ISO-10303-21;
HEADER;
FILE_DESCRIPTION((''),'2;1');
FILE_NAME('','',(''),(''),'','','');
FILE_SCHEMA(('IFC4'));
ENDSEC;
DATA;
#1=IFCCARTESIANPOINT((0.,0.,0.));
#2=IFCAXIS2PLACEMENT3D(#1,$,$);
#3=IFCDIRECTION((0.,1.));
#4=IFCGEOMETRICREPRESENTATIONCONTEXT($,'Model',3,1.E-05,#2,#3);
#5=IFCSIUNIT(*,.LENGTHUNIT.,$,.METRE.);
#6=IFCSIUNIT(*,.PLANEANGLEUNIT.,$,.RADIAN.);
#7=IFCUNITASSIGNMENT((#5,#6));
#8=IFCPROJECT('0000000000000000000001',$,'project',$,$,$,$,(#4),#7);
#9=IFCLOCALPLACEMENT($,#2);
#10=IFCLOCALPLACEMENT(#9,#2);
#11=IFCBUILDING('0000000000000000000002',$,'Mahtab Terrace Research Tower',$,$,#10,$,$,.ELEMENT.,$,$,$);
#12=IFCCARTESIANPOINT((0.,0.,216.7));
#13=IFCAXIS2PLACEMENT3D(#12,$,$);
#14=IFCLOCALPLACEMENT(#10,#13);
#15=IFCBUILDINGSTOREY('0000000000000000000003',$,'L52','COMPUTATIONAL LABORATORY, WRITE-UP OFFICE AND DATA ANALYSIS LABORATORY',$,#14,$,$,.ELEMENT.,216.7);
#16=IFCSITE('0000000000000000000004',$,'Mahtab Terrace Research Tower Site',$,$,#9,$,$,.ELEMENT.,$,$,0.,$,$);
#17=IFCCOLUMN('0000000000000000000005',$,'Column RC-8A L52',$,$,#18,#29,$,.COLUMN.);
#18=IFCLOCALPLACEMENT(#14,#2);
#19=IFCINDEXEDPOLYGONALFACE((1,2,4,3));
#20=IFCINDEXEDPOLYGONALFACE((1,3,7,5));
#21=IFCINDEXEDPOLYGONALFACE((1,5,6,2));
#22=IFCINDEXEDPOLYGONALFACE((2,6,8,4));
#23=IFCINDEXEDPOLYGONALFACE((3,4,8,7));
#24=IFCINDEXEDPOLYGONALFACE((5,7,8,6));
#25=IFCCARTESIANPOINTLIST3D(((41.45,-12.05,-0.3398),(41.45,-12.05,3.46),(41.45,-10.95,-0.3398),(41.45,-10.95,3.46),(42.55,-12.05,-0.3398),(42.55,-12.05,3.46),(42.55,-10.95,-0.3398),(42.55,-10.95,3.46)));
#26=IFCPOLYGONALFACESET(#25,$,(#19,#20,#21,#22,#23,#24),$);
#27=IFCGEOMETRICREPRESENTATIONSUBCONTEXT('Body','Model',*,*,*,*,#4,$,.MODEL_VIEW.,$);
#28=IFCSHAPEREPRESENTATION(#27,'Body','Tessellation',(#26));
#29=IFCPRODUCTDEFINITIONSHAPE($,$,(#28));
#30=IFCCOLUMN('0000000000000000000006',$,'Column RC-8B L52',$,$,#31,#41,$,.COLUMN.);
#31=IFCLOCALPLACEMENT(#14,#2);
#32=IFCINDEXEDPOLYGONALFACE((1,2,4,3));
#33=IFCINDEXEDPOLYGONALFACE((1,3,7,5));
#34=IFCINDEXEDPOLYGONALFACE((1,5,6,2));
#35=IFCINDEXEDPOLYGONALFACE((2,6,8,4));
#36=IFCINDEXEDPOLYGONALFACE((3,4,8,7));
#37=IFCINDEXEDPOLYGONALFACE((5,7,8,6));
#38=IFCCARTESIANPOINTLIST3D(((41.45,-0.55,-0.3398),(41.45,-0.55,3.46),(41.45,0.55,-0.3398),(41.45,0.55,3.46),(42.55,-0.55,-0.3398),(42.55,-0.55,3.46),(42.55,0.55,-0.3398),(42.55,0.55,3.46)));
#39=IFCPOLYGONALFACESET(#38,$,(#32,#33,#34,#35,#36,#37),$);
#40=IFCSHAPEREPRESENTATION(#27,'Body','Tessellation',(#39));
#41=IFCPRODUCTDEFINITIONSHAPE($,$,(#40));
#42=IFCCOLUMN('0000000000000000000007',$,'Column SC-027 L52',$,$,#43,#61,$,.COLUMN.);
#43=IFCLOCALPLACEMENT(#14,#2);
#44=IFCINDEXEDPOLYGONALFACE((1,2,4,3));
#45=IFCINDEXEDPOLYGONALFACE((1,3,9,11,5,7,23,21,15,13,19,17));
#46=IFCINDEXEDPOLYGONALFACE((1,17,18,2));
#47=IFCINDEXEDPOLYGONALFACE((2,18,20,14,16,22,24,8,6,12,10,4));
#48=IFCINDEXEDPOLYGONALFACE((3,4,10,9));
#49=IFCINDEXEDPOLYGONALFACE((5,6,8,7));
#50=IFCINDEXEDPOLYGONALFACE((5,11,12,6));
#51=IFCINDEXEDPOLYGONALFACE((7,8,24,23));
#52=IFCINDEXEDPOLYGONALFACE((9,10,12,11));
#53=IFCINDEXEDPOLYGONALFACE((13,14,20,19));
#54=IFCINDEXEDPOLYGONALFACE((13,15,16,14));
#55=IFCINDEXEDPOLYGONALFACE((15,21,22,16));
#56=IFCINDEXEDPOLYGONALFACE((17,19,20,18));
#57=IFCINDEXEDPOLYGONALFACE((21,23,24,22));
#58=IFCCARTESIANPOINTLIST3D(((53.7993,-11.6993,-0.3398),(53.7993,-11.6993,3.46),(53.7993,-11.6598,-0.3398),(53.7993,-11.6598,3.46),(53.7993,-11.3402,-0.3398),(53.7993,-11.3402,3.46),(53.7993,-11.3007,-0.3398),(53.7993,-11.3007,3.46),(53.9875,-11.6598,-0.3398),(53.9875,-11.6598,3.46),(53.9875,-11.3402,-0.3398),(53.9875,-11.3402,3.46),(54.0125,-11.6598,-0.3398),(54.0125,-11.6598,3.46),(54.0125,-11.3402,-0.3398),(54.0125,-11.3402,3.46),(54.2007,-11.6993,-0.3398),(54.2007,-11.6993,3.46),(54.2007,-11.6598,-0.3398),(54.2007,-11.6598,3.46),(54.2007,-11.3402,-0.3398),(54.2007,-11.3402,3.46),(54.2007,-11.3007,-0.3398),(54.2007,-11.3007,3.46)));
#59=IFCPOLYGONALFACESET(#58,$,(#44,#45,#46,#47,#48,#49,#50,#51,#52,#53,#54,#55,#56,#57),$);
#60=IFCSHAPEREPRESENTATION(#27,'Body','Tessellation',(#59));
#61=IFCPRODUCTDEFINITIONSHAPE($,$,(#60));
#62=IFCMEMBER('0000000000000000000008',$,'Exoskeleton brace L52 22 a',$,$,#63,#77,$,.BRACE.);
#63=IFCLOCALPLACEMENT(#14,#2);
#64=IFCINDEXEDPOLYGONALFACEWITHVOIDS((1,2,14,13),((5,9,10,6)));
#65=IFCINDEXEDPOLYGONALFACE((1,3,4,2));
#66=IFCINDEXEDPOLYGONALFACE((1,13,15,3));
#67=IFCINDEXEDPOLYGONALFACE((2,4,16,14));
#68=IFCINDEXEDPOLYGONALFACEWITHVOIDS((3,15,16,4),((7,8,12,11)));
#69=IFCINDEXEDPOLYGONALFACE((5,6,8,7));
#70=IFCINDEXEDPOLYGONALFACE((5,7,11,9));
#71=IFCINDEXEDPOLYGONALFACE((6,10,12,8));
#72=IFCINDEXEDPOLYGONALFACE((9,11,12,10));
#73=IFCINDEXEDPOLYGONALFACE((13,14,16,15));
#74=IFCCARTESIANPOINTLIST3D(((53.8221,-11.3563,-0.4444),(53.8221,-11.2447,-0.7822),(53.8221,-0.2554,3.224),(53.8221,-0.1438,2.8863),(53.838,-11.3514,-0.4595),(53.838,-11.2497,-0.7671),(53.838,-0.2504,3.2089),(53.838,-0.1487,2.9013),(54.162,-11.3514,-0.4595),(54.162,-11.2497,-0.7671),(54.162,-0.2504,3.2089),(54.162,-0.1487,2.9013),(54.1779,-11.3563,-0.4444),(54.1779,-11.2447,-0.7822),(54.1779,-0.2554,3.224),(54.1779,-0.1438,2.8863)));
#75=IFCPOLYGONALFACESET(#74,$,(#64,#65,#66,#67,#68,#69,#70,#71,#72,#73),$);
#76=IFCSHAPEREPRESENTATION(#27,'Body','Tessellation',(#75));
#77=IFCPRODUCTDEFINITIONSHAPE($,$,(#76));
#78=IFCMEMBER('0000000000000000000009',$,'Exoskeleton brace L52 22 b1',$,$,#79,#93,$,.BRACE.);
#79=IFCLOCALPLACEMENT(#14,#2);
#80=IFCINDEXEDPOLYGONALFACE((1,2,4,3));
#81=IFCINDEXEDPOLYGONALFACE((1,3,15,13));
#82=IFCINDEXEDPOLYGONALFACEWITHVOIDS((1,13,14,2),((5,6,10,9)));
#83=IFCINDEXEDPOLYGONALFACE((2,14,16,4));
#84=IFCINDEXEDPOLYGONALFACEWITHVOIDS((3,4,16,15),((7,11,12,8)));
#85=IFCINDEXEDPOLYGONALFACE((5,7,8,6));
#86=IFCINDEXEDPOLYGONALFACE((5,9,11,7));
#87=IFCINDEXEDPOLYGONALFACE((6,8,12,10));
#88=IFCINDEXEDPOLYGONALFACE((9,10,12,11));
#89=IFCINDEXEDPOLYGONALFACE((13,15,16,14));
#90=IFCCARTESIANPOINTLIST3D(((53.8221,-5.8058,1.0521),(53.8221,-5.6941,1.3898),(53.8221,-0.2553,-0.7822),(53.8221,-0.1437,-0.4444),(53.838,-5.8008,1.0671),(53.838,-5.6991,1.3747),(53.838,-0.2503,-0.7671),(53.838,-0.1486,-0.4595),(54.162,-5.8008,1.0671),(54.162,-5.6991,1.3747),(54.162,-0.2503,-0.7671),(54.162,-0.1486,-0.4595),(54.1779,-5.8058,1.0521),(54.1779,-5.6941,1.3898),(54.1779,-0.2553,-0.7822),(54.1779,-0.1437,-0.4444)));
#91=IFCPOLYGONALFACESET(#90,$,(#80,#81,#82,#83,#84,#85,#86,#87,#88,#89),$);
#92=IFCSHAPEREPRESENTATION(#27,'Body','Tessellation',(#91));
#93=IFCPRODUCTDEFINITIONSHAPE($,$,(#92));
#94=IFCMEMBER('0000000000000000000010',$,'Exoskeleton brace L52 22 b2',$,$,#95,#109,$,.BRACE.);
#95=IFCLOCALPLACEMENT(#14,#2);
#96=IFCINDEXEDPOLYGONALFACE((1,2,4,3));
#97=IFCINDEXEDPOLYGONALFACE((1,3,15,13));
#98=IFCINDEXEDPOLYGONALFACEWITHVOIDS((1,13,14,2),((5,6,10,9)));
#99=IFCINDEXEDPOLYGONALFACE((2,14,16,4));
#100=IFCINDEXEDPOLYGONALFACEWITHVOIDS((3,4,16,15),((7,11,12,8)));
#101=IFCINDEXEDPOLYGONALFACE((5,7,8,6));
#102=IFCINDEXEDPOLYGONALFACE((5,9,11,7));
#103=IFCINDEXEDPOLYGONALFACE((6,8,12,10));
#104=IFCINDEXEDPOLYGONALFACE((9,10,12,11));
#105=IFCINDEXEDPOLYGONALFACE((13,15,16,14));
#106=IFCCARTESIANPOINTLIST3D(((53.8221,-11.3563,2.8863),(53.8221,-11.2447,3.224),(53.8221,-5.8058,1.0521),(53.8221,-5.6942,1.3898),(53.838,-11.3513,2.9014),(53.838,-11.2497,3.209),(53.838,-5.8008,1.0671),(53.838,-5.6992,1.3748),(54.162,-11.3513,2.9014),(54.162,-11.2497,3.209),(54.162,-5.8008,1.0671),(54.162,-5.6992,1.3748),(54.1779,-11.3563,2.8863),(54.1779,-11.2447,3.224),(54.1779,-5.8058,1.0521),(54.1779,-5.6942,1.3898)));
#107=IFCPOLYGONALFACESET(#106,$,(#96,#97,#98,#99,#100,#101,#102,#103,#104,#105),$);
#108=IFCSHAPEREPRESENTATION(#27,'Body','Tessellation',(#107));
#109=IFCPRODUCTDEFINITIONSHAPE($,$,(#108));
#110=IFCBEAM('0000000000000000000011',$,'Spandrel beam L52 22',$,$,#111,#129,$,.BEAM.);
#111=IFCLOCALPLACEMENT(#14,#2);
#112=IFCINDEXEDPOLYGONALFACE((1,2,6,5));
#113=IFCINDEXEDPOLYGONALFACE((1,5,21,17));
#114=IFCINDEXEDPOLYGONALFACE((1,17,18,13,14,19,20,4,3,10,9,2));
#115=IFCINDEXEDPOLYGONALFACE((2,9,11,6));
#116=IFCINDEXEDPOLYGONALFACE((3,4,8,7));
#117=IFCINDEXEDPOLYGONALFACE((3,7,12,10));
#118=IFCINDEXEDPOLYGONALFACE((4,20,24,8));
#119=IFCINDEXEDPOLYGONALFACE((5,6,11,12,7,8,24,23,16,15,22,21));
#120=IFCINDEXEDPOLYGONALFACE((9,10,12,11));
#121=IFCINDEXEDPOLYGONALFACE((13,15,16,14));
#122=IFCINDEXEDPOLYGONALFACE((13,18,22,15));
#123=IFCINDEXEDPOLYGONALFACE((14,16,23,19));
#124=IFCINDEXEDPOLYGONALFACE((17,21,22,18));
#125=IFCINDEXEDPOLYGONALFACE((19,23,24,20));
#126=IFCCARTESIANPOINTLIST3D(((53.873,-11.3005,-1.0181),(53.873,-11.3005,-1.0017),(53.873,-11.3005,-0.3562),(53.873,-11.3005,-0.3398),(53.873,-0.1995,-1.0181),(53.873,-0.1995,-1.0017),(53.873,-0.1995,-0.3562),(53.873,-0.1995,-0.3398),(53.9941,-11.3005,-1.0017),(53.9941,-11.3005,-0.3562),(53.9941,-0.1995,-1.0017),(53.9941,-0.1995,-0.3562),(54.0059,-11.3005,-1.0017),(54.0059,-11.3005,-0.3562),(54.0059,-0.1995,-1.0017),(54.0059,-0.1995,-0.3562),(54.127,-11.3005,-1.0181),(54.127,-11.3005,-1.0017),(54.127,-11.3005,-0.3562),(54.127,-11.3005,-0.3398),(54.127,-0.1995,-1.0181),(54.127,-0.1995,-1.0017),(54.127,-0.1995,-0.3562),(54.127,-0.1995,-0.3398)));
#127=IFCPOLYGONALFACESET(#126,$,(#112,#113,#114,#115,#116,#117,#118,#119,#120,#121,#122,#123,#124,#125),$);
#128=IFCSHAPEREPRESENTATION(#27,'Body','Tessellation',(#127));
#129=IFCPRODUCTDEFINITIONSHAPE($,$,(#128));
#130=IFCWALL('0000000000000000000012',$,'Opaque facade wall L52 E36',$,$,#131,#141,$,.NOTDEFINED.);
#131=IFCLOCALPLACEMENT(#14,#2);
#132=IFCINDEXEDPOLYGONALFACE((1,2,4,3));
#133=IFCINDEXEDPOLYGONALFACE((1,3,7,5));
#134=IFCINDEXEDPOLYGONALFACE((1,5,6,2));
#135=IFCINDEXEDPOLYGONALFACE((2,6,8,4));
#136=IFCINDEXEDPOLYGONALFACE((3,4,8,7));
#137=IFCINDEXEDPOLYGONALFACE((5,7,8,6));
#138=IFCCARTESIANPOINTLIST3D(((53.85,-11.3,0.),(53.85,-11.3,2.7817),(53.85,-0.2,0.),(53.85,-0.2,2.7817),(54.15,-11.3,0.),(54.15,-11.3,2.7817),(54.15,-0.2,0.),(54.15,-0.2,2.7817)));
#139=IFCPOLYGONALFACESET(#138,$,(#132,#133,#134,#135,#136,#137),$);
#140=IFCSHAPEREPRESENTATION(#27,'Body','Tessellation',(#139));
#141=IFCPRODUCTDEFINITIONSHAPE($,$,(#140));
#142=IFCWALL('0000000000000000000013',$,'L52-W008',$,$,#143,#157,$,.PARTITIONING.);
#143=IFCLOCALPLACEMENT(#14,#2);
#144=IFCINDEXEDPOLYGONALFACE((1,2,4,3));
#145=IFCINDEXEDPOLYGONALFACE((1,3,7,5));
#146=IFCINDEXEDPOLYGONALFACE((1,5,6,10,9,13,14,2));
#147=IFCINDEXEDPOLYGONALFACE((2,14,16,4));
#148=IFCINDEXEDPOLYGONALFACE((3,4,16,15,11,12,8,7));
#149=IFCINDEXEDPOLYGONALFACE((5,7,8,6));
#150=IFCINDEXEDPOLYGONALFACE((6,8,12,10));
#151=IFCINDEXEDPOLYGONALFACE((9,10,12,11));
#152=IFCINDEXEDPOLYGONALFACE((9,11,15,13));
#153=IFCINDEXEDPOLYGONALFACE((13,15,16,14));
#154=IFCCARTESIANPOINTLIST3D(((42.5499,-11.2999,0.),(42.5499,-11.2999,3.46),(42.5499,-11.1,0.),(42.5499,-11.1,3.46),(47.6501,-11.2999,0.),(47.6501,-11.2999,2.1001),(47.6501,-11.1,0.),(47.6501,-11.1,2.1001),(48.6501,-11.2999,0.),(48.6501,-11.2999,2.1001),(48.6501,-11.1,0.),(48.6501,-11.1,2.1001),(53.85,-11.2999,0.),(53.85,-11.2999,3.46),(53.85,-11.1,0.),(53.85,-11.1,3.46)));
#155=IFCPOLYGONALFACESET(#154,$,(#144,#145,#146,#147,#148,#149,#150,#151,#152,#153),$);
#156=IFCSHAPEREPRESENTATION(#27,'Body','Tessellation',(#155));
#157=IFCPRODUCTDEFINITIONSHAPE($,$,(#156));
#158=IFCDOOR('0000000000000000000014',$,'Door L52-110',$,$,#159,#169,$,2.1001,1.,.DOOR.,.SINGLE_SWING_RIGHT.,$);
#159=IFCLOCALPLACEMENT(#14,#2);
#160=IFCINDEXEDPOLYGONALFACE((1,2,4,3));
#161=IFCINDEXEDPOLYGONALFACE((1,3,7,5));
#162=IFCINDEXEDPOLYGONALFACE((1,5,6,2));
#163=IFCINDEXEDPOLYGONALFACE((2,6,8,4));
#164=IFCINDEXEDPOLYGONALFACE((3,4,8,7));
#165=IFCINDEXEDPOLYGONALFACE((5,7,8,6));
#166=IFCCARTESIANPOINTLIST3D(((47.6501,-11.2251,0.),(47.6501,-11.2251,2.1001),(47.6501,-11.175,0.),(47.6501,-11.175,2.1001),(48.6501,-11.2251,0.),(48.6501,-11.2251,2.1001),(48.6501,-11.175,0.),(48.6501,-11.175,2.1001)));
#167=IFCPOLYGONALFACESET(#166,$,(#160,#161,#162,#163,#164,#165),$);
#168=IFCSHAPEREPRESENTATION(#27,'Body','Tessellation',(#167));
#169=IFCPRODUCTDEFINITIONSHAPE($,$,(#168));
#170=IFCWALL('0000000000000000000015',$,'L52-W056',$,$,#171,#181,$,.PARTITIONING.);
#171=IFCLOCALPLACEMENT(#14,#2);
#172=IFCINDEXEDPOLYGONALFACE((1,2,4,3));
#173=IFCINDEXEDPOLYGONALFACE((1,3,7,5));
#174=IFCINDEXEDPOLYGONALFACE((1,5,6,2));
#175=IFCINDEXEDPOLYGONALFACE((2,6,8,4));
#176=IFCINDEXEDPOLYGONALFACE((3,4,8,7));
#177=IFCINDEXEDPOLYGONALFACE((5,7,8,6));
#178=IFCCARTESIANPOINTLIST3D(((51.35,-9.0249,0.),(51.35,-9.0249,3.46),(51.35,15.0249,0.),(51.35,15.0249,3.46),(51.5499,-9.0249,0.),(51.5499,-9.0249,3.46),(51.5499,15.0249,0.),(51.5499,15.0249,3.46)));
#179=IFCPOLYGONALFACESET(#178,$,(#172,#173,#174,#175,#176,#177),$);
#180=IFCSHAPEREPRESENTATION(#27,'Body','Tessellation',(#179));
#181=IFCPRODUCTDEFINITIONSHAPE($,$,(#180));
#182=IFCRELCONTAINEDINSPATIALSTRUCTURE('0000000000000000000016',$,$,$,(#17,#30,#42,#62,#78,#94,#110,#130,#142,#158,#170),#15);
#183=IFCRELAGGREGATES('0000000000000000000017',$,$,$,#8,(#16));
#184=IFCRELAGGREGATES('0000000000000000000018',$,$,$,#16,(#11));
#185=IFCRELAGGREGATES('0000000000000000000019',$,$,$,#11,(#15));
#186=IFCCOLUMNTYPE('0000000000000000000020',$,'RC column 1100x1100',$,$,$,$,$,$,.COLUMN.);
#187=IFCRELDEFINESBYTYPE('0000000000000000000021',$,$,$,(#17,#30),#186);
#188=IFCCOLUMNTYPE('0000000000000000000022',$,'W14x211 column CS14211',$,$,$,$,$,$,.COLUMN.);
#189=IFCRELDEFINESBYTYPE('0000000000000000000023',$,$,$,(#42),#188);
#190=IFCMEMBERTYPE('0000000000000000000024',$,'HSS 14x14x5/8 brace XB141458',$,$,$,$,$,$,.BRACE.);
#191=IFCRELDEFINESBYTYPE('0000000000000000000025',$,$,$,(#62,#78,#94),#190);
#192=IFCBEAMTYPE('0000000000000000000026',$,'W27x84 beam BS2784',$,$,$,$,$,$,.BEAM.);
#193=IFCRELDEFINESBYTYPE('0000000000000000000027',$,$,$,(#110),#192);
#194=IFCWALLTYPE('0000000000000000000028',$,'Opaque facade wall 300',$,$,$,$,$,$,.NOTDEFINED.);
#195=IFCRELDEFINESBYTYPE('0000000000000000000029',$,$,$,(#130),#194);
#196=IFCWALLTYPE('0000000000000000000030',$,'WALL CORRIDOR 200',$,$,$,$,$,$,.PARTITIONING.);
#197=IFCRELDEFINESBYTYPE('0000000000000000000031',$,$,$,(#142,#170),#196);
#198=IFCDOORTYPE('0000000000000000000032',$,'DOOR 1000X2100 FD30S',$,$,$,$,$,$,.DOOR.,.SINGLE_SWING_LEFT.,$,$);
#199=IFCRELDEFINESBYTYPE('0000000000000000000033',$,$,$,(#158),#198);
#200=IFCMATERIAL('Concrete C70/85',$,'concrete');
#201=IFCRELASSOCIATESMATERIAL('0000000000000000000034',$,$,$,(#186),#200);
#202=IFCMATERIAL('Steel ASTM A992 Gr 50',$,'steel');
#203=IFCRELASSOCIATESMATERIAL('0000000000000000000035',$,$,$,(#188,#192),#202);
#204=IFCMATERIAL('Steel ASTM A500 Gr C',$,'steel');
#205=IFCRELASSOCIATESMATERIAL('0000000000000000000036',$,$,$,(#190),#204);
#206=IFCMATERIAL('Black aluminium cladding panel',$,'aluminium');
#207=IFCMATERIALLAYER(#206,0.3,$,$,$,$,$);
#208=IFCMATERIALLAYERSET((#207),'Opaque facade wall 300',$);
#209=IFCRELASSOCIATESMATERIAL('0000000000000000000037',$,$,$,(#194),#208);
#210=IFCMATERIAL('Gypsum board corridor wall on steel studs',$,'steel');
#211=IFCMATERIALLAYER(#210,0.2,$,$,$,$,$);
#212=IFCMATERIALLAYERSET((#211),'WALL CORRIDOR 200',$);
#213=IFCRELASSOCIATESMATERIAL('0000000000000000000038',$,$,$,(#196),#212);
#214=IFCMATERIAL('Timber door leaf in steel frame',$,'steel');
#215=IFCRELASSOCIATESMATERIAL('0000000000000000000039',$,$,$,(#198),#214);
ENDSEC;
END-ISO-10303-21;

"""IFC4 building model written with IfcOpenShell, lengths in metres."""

from ifc_helpers import new_model, si_unit, direction, frame, frame_2d, origin, origin_2d, place, context, subcontext, project, spatial, rectangle, hollow_rectangle, i_section, extrude, material, layer, layer_set, material_profile, profile_set, type_object, element, fill, save


model = new_model("IFC4")

# Units and contexts
model_context = context("Model", 3, precision=1e-05, world=origin(), true_north=direction((0.0, 1.0)))
body_context = subcontext(model_context, "Body", "Model", "MODEL_VIEW")
ifc_project = project(units=[si_unit("LENGTHUNIT", "METRE"), si_unit("PLANEANGLEUNIT", "RADIAN")], contexts=[model_context])

# Site, building, storey
site_placement = place(None, origin())
site = spatial("IfcSite", under=ifc_project, at=site_placement, Name="Mahtab Terrace Research Tower Site", CompositionType="ELEMENT", RefElevation=0.0)
building_placement = place(site_placement, origin())
building = spatial("IfcBuilding", under=site, at=building_placement, Name="Mahtab Terrace Research Tower", CompositionType="ELEMENT")
storey_placement = place(building_placement, frame((0.0, 0.0, 216.7)))
storey = spatial("IfcBuildingStorey", under=building, at=storey_placement, Name="L52", Description="COMPUTATIONAL LABORATORY, WRITE-UP OFFICE AND DATA ANALYSIS LABORATORY", CompositionType="ELEMENT", Elevation=216.7)

# Columns
ifc_material_1 = material(Name="Concrete C70/85", Category="concrete")
ifc_material_profile_1 = material_profile(ifc_material_1, rectangle(XDim=1.1001, YDim=1.1001, at=origin_2d()), Name="RC column 1100x1100")
ifc_profile_set_1 = profile_set([ifc_material_profile_1], Name="Concrete C70/85")
column_type_1 = type_object("IfcColumnType", Name="RC column 1100x1100", PredefinedType="COLUMN", material=ifc_profile_set_1)
for number, where, z_axis, x_axis, name in (
    (1, (42.0, -11.5, -0.3398), (0.0, 0.0, 1.0), (1.0, 0.0, 0.0), "Column RC-8A L52"),
    (2, (42.0, 0.0, -0.3398), (0.0, 0.0, 1.0), (1.0, 0.0, 0.0), "Column RC-8B L52"),
):
    element("IfcColumn", number, at=place(storey_placement, frame(where, z_axis=z_axis, x_axis=x_axis)), inside=storey, type_object=column_type_1, Name=name, PredefinedType="COLUMN", context=body_context, shape_type="SweptSolid", body=[
        extrude(rectangle(XDim=1.1001, YDim=1.1001, at=origin_2d()), origin(), (0.0, 0.0, 1.0), 3.7998),
    ])
ifc_material_2 = material(Name="Steel ASTM A992 Gr 50", Category="steel")
ifc_material_profile_2 = material_profile(ifc_material_2, i_section(OverallWidth=0.4014, OverallDepth=0.3987, WebThickness=0.0249, FlangeThickness=0.0396, at=origin_2d()), Name="W14X211")
ifc_profile_set_2 = profile_set([ifc_material_profile_2], Name="Steel ASTM A992 Gr 50")
column_type_2 = type_object("IfcColumnType", Name="W14x211 column CS14211", PredefinedType="COLUMN", material=ifc_profile_set_2)
column_placement = place(storey_placement, frame((54.0, -11.5, -0.3398), z_axis=(0.0, 0.0, 1.0), x_axis=(1.0, 0.0, 0.0)))
element("IfcColumn", 3, at=column_placement, inside=storey, type_object=column_type_2, Name="Column SC-027 L52", PredefinedType="COLUMN", context=body_context, shape_type="SweptSolid", body=[
    extrude(i_section(OverallWidth=0.4014, OverallDepth=0.3987, WebThickness=0.0249, FlangeThickness=0.0396, at=origin_2d()), origin(), (0.0, 0.0, 1.0), 3.7998),
])

# Members
ifc_material_3 = material(Name="Steel ASTM A500 Gr C", Category="steel")
ifc_material_profile_3 = material_profile(ifc_material_3, hollow_rectangle(XDim=0.3557, YDim=0.3557, WallThickness=0.0159, at=origin_2d()), Name="HSS14X14X5/8")
ifc_profile_set_3 = profile_set([ifc_material_profile_3], Name="Steel ASTM A500 Gr C")
member_type = type_object("IfcMemberType", Name="HSS 14x14x5/8 brace XB141458", PredefinedType="BRACE", material=ifc_profile_set_3)
member_placement = place(storey_placement, frame((54.0, -11.3005, -0.6133), z_axis=(0.0, 0.949499, 0.313771), x_axis=(-1.0, 0.0, 0.0)))
element("IfcMember", 4, at=member_placement, inside=storey, type_object=member_type, Name="Exoskeleton brace L52 22 a", PredefinedType="BRACE", context=body_context, shape_type="SweptSolid", body=[
    extrude(hollow_rectangle(XDim=0.3557, YDim=0.3557, WallThickness=0.0159, at=origin_2d()), origin(), (0.0, 0.0, 1.0), 11.6914),
])
for number, where, z_axis, x_axis, name in (
    (5, (54.0, -0.1995, -0.6133), (0.0, -0.949499, 0.313771), (1.0, 0.0, 0.0), "Exoskeleton brace L52 22 b1"),
    (6, (54.0, -5.75, 1.2209), (0.0, -0.949499, 0.313771), (1.0, 0.0, 0.0), "Exoskeleton brace L52 22 b2"),
):
    element("IfcMember", number, at=place(storey_placement, frame(where, z_axis=z_axis, x_axis=x_axis)), inside=storey, type_object=member_type, Name=name, PredefinedType="BRACE", context=body_context, shape_type="SweptSolid", body=[
        extrude(hollow_rectangle(XDim=0.3557, YDim=0.3557, WallThickness=0.0159, at=origin_2d()), origin(), (0.0, 0.0, 1.0), 5.8457),
    ])

# Beam
ifc_material_profile_4 = material_profile(ifc_material_2, i_section(OverallWidth=0.2539, OverallDepth=0.6782, WebThickness=0.0117, FlangeThickness=0.0164, at=origin_2d()), Name="W27X84")
ifc_profile_set_4 = profile_set([ifc_material_profile_4], Name="Steel ASTM A992 Gr 50")
beam_type = type_object("IfcBeamType", Name="W27x84 beam BS2784", PredefinedType="BEAM", material=ifc_profile_set_4)
beam_placement = place(storey_placement, frame((54.0, -11.3005, -0.679), z_axis=(0.0, 1.0, 0.0), x_axis=(-1.0, 0.0, 0.0)))
element("IfcBeam", 7, at=beam_placement, inside=storey, type_object=beam_type, Name="Spandrel beam L52 22", PredefinedType="BEAM", context=body_context, shape_type="SweptSolid", body=[
    extrude(i_section(OverallWidth=0.2539, OverallDepth=0.6782, WebThickness=0.0117, FlangeThickness=0.0164, at=origin_2d()), origin(), (0.0, 0.0, 1.0), 11.1011),
])

# Wall
ifc_material_4 = material(Name="Black aluminium cladding panel", Category="aluminium")
ifc_layer_1 = layer(ifc_material_4, 0.3)
ifc_layer_set_1 = layer_set([ifc_layer_1], Name="Opaque facade wall 300")
wall_type_1 = type_object("IfcWallType", Name="Opaque facade wall 300", PredefinedType="NOTDEFINED", material=ifc_layer_set_1)
wall_1_placement = place(storey_placement, frame((54.0, -11.3, 0.0), z_axis=(0.0, 0.0, 1.0), x_axis=(0.0, 1.0, 0.0)))
element("IfcWall", 8, at=wall_1_placement, inside=storey, type_object=wall_type_1, Name="Opaque facade wall L52 E36", PredefinedType="NOTDEFINED", context=body_context, shape_type="SweptSolid", body=[
    extrude(rectangle(XDim=11.1001, YDim=0.3, at=frame_2d((5.55, 0.0))), origin(), (0.0, 0.0, 1.0), 2.7817),
])

# Wall, opening, door
ifc_material_5 = material(Name="Gypsum board corridor wall on steel studs", Category="steel")
ifc_layer_2 = layer(ifc_material_5, 0.2)
ifc_layer_set_2 = layer_set([ifc_layer_2], Name="WALL CORRIDOR 200")
wall_type_2 = type_object("IfcWallType", Name="WALL CORRIDOR 200", PredefinedType="PARTITIONING", material=ifc_layer_set_2)
wall_2_placement = place(storey_placement, frame((42.55, -11.2, 0.0), z_axis=(0.0, 0.0, 1.0), x_axis=(1.0, 0.0, 0.0)))
wall_2 = element("IfcWall", 9, at=wall_2_placement, inside=storey, type_object=wall_type_2, Name="L52-W008", PredefinedType="PARTITIONING", context=body_context, shape_type="SweptSolid", body=[
    extrude(rectangle(XDim=11.3, YDim=0.2, at=frame_2d((5.6499, 0.0))), origin(), (0.0, 0.0, 1.0), 3.46),
])
opening_placement = place(wall_2_placement, frame((5.1001, 0.0, 0.0)))
opening = element("IfcOpeningElement", 10, at=opening_placement, cuts=wall_2, PredefinedType="OPENING", context=body_context, shape_type="SweptSolid", body=[
    extrude(rectangle(XDim=1.0, YDim=2.1001, at=frame_2d((0.5, 1.05))), frame((0.0, 0.1099, 0.0), z_axis=(0.0, -1.0, 0.0), x_axis=(1.0, 0.0, 0.0)), (0.0, 0.0, 1.0), 0.22),
])
ifc_material_6 = material(Name="Timber door leaf in steel frame", Category="steel")
door_type = type_object("IfcDoorType", Name="DOOR 1000X2100 FD30S", OperationType="SINGLE_SWING_LEFT", PredefinedType="DOOR", material=ifc_material_6)
door_placement = place(opening_placement, origin())
door = element("IfcDoor", 11, at=door_placement, inside=storey, type_object=door_type, Name="Door L52-110", OperationType="SINGLE_SWING_RIGHT", OverallHeight=2.1001, OverallWidth=1.0, PredefinedType="DOOR", context=body_context, shape_type="SweptSolid", body=[
    extrude(rectangle(XDim=1.0, YDim=2.1001, at=frame_2d((0.5, 1.05))), frame((0.0, 0.0249, 0.0), z_axis=(0.0, -1.0, 0.0), x_axis=(1.0, 0.0, 0.0)), (0.0, 0.0, 1.0), 0.05),
])
fill(opening, door)

# Wall
wall_3_placement = place(storey_placement, frame((51.45, -9.0249, 0.0), z_axis=(0.0, 0.0, 1.0), x_axis=(0.0, 1.0, 0.0)))
element("IfcWall", 12, at=wall_3_placement, inside=storey, type_object=wall_type_2, Name="L52-W056", PredefinedType="PARTITIONING", context=body_context, shape_type="SweptSolid", body=[
    extrude(rectangle(XDim=24.0498, YDim=0.2, at=frame_2d((12.0249, 0.0))), origin(), (0.0, 0.0, 1.0), 3.46),
])

save(model, "model.ifc")
